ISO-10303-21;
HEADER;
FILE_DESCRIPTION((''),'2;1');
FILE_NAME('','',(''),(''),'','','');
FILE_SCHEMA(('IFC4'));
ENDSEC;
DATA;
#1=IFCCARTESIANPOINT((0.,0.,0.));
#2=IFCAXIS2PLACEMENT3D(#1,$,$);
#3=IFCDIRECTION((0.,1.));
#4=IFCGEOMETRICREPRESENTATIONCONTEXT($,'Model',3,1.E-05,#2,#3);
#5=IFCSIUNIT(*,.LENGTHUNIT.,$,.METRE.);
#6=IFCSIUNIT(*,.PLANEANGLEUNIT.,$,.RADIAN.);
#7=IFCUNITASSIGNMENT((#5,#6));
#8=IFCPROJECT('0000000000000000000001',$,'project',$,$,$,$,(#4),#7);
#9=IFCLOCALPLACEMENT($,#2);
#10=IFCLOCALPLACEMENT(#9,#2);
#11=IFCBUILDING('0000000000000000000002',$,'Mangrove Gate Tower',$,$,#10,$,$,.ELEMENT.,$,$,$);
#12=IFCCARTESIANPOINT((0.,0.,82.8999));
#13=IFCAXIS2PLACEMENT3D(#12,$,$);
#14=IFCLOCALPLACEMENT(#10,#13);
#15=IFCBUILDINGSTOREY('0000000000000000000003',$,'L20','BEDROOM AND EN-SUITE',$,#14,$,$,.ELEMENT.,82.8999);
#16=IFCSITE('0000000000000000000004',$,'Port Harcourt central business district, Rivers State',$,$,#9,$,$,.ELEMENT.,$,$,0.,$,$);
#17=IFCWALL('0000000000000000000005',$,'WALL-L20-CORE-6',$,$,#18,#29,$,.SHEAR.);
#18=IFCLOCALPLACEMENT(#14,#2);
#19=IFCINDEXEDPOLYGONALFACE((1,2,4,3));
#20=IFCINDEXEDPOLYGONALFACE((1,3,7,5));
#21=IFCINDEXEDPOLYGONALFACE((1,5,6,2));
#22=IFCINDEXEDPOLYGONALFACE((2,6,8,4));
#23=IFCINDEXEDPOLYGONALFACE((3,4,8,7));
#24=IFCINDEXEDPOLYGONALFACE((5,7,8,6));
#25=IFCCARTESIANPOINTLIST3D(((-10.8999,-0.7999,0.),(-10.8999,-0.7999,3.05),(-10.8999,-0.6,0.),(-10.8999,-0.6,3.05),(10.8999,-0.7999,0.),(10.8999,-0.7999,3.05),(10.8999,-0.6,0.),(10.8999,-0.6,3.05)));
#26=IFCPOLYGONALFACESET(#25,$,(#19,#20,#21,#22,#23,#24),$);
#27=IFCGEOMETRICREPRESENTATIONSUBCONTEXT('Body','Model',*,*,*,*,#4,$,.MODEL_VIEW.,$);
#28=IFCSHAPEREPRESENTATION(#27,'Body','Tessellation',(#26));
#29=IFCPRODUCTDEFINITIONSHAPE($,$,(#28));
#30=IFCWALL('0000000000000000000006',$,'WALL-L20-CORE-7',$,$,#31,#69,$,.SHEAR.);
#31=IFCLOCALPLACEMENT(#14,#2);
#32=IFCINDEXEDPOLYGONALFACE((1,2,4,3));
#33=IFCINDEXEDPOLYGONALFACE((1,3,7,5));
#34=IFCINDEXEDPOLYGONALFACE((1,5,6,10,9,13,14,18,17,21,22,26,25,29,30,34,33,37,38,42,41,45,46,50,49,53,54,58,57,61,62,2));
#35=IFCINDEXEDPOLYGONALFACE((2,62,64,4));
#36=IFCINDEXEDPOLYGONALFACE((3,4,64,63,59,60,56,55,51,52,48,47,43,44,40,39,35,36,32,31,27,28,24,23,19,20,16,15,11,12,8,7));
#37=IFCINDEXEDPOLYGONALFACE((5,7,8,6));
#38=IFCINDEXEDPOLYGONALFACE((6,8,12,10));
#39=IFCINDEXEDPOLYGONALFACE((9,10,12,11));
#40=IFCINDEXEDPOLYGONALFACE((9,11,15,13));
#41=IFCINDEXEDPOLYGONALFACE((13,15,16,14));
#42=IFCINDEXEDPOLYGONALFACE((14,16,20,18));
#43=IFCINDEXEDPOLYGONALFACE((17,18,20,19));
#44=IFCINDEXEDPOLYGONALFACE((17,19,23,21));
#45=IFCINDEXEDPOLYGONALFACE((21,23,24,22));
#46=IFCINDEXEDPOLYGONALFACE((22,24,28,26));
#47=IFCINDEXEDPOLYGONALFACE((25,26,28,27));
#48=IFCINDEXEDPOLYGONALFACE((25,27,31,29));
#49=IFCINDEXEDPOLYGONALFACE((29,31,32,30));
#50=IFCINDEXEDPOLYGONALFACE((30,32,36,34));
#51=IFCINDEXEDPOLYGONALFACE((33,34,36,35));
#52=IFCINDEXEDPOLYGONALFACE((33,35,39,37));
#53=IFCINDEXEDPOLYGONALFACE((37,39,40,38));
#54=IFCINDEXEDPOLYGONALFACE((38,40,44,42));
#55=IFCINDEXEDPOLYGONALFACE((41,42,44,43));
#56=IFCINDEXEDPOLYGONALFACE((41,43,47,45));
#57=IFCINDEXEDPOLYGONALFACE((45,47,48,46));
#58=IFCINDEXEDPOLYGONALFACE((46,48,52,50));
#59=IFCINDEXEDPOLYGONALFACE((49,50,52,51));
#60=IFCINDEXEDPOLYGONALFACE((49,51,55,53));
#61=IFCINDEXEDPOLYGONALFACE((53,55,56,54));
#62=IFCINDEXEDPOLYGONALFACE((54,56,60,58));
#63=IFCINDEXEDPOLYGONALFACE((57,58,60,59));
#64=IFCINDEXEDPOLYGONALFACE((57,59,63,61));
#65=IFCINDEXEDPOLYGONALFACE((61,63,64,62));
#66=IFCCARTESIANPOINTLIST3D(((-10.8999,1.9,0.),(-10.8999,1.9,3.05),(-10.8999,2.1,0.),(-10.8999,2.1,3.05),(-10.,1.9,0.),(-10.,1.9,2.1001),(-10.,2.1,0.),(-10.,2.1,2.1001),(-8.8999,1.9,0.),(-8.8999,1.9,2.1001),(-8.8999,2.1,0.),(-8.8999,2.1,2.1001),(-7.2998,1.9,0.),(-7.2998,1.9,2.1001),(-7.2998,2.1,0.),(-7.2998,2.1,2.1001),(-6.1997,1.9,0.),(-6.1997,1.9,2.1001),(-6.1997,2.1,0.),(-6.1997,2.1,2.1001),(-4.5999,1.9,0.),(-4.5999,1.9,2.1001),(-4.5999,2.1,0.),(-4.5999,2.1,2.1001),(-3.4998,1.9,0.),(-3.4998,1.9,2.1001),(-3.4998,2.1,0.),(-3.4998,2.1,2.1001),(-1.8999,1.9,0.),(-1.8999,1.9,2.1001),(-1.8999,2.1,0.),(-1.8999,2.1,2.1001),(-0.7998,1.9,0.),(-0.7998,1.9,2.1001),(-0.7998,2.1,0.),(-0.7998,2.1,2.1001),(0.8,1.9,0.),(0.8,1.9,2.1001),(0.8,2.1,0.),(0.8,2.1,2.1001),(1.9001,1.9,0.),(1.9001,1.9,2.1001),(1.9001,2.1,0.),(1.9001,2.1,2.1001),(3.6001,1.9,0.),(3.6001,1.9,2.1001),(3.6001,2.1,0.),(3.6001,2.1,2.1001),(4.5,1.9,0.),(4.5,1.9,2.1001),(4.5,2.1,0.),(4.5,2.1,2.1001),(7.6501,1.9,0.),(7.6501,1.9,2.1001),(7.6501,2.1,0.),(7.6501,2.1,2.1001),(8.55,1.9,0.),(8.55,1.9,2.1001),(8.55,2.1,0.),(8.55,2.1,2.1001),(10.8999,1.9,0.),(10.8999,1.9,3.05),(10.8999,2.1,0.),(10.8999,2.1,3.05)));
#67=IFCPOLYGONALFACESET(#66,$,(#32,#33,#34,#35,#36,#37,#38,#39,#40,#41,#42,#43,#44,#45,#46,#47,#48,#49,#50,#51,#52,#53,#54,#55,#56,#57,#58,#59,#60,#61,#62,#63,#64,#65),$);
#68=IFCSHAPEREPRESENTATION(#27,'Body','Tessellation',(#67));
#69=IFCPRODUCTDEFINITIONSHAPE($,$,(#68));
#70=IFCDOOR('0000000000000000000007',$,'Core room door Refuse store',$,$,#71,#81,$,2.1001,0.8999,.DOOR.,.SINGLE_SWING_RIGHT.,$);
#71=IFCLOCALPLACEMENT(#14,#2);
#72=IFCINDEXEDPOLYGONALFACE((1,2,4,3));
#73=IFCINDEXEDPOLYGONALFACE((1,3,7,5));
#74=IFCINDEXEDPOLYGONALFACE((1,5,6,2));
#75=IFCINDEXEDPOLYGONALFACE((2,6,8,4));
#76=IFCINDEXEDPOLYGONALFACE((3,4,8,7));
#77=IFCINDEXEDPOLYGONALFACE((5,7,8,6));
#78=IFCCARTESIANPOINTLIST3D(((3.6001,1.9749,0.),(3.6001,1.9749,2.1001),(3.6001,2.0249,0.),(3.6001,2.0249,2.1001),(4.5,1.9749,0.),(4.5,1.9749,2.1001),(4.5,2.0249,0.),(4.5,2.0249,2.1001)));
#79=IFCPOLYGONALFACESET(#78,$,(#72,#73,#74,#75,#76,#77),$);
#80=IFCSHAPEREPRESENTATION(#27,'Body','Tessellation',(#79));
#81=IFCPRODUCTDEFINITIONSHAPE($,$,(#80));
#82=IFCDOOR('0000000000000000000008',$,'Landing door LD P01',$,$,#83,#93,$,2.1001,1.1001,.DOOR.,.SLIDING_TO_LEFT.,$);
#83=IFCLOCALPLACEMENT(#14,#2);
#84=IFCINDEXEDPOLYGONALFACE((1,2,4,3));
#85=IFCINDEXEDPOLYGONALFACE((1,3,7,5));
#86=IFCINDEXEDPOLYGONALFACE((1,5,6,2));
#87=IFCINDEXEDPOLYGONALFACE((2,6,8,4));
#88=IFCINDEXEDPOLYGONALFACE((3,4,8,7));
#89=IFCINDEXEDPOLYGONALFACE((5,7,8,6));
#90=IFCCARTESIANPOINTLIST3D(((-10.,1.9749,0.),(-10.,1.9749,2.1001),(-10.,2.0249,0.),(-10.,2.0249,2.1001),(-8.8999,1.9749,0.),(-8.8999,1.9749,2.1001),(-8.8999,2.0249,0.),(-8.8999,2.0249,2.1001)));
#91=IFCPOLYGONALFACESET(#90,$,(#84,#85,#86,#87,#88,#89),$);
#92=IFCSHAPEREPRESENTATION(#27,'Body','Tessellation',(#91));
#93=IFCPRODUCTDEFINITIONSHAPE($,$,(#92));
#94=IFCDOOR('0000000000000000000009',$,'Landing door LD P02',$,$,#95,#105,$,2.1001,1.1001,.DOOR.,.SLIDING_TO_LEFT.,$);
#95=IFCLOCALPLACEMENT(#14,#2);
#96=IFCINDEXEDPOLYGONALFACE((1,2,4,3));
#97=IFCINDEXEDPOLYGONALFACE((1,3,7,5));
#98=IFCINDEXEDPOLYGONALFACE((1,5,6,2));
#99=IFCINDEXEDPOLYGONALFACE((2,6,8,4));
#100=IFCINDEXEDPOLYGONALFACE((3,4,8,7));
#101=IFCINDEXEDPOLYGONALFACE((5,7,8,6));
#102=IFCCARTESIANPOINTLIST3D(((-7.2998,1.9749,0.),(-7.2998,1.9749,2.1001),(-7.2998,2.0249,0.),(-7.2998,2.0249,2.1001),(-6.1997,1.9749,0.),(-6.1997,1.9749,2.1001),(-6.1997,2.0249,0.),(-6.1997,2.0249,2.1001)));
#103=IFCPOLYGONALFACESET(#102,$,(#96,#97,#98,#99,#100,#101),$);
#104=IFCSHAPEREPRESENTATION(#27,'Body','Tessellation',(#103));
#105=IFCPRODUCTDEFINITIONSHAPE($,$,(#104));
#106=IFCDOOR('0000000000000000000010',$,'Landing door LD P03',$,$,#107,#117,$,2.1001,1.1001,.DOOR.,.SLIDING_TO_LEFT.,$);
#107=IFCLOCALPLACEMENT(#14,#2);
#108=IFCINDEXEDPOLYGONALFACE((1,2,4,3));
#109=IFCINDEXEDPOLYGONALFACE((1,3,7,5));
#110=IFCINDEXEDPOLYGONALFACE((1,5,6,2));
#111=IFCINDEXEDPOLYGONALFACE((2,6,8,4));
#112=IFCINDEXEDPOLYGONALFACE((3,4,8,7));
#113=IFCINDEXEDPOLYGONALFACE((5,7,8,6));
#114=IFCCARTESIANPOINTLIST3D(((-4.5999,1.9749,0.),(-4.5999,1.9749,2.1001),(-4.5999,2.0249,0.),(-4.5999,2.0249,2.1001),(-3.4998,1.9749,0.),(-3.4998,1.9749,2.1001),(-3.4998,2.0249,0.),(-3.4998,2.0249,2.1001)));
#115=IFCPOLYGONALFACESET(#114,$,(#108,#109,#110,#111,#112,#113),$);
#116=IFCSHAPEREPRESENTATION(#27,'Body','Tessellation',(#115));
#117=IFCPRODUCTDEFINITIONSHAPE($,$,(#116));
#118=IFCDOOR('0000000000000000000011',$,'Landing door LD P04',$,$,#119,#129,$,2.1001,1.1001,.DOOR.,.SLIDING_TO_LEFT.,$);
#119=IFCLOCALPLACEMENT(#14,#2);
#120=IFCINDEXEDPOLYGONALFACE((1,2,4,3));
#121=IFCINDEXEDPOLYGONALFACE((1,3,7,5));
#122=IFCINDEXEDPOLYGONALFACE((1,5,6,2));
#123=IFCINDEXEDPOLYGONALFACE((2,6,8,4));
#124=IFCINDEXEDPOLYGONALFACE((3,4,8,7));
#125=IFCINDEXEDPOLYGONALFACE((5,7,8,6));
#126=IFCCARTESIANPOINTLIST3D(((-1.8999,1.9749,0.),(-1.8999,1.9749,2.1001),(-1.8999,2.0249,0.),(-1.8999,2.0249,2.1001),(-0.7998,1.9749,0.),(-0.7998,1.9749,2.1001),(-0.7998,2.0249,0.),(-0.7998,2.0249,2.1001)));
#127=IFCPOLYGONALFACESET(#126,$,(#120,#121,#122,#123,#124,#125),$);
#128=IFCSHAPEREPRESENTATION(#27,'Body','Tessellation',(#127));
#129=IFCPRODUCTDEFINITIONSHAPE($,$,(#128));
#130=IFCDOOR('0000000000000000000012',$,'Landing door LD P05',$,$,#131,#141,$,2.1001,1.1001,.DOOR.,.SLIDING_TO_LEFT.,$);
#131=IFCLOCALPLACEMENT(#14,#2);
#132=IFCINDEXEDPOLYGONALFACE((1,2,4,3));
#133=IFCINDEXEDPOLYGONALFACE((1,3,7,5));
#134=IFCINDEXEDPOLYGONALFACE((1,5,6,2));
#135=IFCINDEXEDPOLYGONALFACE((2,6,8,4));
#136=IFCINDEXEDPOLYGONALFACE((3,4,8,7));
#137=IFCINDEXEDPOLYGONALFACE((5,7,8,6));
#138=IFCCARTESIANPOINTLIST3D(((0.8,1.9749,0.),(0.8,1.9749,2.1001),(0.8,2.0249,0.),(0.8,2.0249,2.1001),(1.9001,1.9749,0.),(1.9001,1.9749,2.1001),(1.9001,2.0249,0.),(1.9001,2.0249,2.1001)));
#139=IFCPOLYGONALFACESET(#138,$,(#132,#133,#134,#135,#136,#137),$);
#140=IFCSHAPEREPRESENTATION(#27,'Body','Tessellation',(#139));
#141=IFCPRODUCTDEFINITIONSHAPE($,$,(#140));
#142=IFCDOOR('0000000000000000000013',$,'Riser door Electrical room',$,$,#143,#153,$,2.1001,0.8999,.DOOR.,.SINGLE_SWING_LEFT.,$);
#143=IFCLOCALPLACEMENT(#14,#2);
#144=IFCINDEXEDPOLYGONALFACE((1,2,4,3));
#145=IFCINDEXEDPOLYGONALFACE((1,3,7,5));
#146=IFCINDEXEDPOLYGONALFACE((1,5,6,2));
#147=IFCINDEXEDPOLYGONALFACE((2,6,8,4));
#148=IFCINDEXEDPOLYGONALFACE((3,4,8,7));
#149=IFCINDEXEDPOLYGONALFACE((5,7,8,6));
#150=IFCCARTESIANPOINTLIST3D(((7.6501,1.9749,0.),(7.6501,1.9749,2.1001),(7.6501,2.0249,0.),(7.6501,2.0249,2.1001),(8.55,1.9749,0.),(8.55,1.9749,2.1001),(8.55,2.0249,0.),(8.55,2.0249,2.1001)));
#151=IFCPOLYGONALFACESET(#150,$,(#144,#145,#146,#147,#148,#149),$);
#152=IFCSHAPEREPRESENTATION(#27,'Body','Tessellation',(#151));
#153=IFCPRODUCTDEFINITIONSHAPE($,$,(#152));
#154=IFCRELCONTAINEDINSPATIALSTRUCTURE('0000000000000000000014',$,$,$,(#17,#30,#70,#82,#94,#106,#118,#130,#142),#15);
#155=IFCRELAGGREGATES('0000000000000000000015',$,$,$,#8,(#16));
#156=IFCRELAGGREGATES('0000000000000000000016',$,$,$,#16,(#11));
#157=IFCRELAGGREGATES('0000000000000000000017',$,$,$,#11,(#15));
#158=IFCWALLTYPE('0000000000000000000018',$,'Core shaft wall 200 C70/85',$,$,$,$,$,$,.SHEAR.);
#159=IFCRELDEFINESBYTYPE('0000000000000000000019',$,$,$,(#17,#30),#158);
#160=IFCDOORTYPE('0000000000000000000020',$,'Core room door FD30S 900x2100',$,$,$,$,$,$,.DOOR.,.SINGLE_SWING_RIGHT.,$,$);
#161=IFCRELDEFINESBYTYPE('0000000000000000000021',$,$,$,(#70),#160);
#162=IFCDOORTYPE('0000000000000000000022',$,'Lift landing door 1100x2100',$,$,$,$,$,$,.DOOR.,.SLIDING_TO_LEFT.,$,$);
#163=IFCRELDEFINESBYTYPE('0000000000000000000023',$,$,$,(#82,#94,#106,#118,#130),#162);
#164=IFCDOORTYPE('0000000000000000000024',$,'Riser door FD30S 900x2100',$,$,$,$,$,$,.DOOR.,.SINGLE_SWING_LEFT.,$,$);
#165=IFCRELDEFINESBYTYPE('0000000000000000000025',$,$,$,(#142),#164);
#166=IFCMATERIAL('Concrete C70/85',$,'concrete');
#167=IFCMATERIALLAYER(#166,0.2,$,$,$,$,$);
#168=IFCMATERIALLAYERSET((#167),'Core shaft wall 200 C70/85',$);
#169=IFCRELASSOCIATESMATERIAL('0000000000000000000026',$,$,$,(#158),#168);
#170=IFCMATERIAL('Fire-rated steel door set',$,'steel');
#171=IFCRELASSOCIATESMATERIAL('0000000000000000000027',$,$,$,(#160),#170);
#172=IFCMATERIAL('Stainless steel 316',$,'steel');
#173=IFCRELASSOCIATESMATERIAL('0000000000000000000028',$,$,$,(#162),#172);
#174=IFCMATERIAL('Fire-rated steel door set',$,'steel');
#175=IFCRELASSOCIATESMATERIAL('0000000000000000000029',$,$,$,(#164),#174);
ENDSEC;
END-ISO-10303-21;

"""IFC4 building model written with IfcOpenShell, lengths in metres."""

from ifc_helpers import new_model, si_unit, direction, frame, frame_2d, origin, place, context, subcontext, project, spatial, rectangle, extrude, material, layer, layer_set, type_object, element, fill, save


model = new_model("IFC4")

# Units and contexts
model_context = context("Model", 3, precision=1e-05, world=origin(), true_north=direction((0.0, 1.0)))
body_context = subcontext(model_context, "Body", "Model", "MODEL_VIEW")
ifc_project = project(units=[si_unit("LENGTHUNIT", "METRE"), si_unit("PLANEANGLEUNIT", "RADIAN")], contexts=[model_context])

# Site, building, storey
site_placement = place(None, origin())
site = spatial("IfcSite", under=ifc_project, at=site_placement, Name="Port Harcourt central business district, Rivers State", CompositionType="ELEMENT", RefElevation=0.0)
building_placement = place(site_placement, origin())
building = spatial("IfcBuilding", under=site, at=building_placement, Name="Mangrove Gate Tower", CompositionType="ELEMENT")
storey_placement = place(building_placement, frame((0.0, 0.0, 82.8999)))
storey = spatial("IfcBuildingStorey", under=building, at=storey_placement, Name="L20", Description="BEDROOM AND EN-SUITE", CompositionType="ELEMENT", Elevation=82.8999)

# Wall
ifc_material_1 = material(Name="Concrete C70/85", Category="concrete")
ifc_layer_1 = layer(ifc_material_1, 0.2)
ifc_layer_set_1 = layer_set([ifc_layer_1], Name="Core shaft wall 200 C70/85")
wall_type_1 = type_object("IfcWallType", Name="Core shaft wall 200 C70/85", PredefinedType="SHEAR", material=ifc_layer_set_1)
wall_1_placement = place(storey_placement, frame((-10.8999, -0.7, 0.0), z_axis=(0.0, 0.0, 1.0), x_axis=(1.0, 0.0, 0.0)))
element("IfcWall", 1, at=wall_1_placement, inside=storey, type_object=wall_type_1, Name="WALL-L20-CORE-6", PredefinedType="SHEAR", context=body_context, shape_type="SweptSolid", body=[
    extrude(rectangle(XDim=21.7998, YDim=0.2, at=frame_2d((10.8999, 0.0))), origin(), (0.0, 0.0, 1.0), 3.05),
])

# Wall, openings, doors
wall_2_placement = place(storey_placement, frame((-10.8999, 2.0, 0.0), z_axis=(0.0, 0.0, 1.0), x_axis=(1.0, 0.0, 0.0)))
wall_2 = element("IfcWall", 2, at=wall_2_placement, inside=storey, type_object=wall_type_1, Name="WALL-L20-CORE-7", PredefinedType="SHEAR", context=body_context, shape_type="SweptSolid", body=[
    extrude(rectangle(XDim=21.7998, YDim=0.2, at=frame_2d((10.8999, 0.0))), origin(), (0.0, 0.0, 1.0), 3.05),
])
opening_1_placement = place(wall_2_placement, frame((0.8999, 0.0, 0.0)))
opening_1 = element("IfcOpeningElement", 3, at=opening_1_placement, cuts=wall_2, PredefinedType="OPENING", context=body_context, shape_type="SweptSolid", body=[
    extrude(rectangle(XDim=1.1001, YDim=2.1001, at=frame_2d((0.55, 1.05))), frame((0.0, 0.1099, 0.0), z_axis=(0.0, -1.0, 0.0), x_axis=(1.0, 0.0, 0.0)), (0.0, 0.0, 1.0), 0.22),
])
opening_2_placement = place(wall_2_placement, frame((3.6001, 0.0, 0.0)))
opening_2 = element("IfcOpeningElement", 4, at=opening_2_placement, cuts=wall_2, PredefinedType="OPENING", context=body_context, shape_type="SweptSolid", body=[
    extrude(rectangle(XDim=1.1001, YDim=2.1001, at=frame_2d((0.55, 1.05))), frame((0.0, 0.1099, 0.0), z_axis=(0.0, -1.0, 0.0), x_axis=(1.0, 0.0, 0.0)), (0.0, 0.0, 1.0), 0.22),
])
opening_3_placement = place(wall_2_placement, frame((6.3, 0.0, 0.0)))
opening_3 = element("IfcOpeningElement", 5, at=opening_3_placement, cuts=wall_2, PredefinedType="OPENING", context=body_context, shape_type="SweptSolid", body=[
    extrude(rectangle(XDim=1.1001, YDim=2.1001, at=frame_2d((0.55, 1.05))), frame((0.0, 0.1099, 0.0), z_axis=(0.0, -1.0, 0.0), x_axis=(1.0, 0.0, 0.0)), (0.0, 0.0, 1.0), 0.22),
])
opening_4_placement = place(wall_2_placement, frame((9.0, 0.0, 0.0)))
opening_4 = element("IfcOpeningElement", 6, at=opening_4_placement, cuts=wall_2, PredefinedType="OPENING", context=body_context, shape_type="SweptSolid", body=[
    extrude(rectangle(XDim=1.1001, YDim=2.1001, at=frame_2d((0.55, 1.05))), frame((0.0, 0.1099, 0.0), z_axis=(0.0, -1.0, 0.0), x_axis=(1.0, 0.0, 0.0)), (0.0, 0.0, 1.0), 0.22),
])
opening_5_placement = place(wall_2_placement, frame((11.7, 0.0, 0.0)))
opening_5 = element("IfcOpeningElement", 7, at=opening_5_placement, cuts=wall_2, PredefinedType="OPENING", context=body_context, shape_type="SweptSolid", body=[
    extrude(rectangle(XDim=1.1001, YDim=2.1001, at=frame_2d((0.55, 1.05))), frame((0.0, 0.1099, 0.0), z_axis=(0.0, -1.0, 0.0), x_axis=(1.0, 0.0, 0.0)), (0.0, 0.0, 1.0), 0.22),
])
opening_6_placement = place(wall_2_placement, frame((14.5, 0.0, 0.0)))
opening_6 = element("IfcOpeningElement", 8, at=opening_6_placement, cuts=wall_2, PredefinedType="OPENING", context=body_context, shape_type="SweptSolid", body=[
    extrude(rectangle(XDim=0.8999, YDim=2.1001, at=frame_2d((0.45, 1.05))), frame((0.0, 0.1099, 0.0), z_axis=(0.0, -1.0, 0.0), x_axis=(1.0, 0.0, 0.0)), (0.0, 0.0, 1.0), 0.22),
])
opening_7_placement = place(wall_2_placement, frame((18.55, 0.0, 0.0)))
opening_7 = element("IfcOpeningElement", 9, at=opening_7_placement, cuts=wall_2, PredefinedType="OPENING", context=body_context, shape_type="SweptSolid", body=[
    extrude(rectangle(XDim=0.8999, YDim=2.1001, at=frame_2d((0.45, 1.05))), frame((0.0, 0.1099, 0.0), z_axis=(0.0, -1.0, 0.0), x_axis=(1.0, 0.0, 0.0)), (0.0, 0.0, 1.0), 0.22),
])
ifc_material_2 = material(Name="Fire-rated steel door set", Category="steel")
door_type_1 = type_object("IfcDoorType", Name="Core room door FD30S 900x2100", OperationType="SINGLE_SWING_RIGHT", PredefinedType="DOOR", material=ifc_material_2)
door_1_placement = place(opening_6_placement, origin())
door_1 = element("IfcDoor", 10, at=door_1_placement, inside=storey, type_object=door_type_1, Name="Core room door Refuse store", OperationType="SINGLE_SWING_RIGHT", OverallHeight=2.1001, OverallWidth=0.8999, PredefinedType="DOOR", context=body_context, shape_type="SweptSolid", body=[
    extrude(rectangle(XDim=0.8999, YDim=2.1001, at=frame_2d((0.45, 1.05))), frame((0.0, 0.0249, 0.0), z_axis=(0.0, -1.0, 0.0), x_axis=(1.0, 0.0, 0.0)), (0.0, 0.0, 1.0), 0.05),
])
fill(opening_6, door_1)
ifc_material_3 = material(Name="Stainless steel 316", Category="steel")
door_type_2 = type_object("IfcDoorType", Name="Lift landing door 1100x2100", OperationType="SLIDING_TO_LEFT", PredefinedType="DOOR", material=ifc_material_3)
door_2_placement = place(opening_1_placement, origin())
door_2 = element("IfcDoor", 11, at=door_2_placement, inside=storey, type_object=door_type_2, Name="Landing door LD P01", OperationType="SLIDING_TO_LEFT", OverallHeight=2.1001, OverallWidth=1.1001, PredefinedType="DOOR", context=body_context, shape_type="SweptSolid", body=[
    extrude(rectangle(XDim=1.1001, YDim=2.1001, at=frame_2d((0.55, 1.05))), frame((0.0, 0.0249, 0.0), z_axis=(0.0, -1.0, 0.0), x_axis=(1.0, 0.0, 0.0)), (0.0, 0.0, 1.0), 0.05),
])
fill(opening_1, door_2)
door_3_placement = place(opening_2_placement, origin())
door_3 = element("IfcDoor", 12, at=door_3_placement, inside=storey, type_object=door_type_2, Name="Landing door LD P02", OperationType="SLIDING_TO_LEFT", OverallHeight=2.1001, OverallWidth=1.1001, PredefinedType="DOOR", context=body_context, shape_type="SweptSolid", body=[
    extrude(rectangle(XDim=1.1001, YDim=2.1001, at=frame_2d((0.55, 1.05))), frame((0.0, 0.0249, 0.0), z_axis=(0.0, -1.0, 0.0), x_axis=(1.0, 0.0, 0.0)), (0.0, 0.0, 1.0), 0.05),
])
fill(opening_2, door_3)
door_4_placement = place(opening_3_placement, origin())
door_4 = element("IfcDoor", 13, at=door_4_placement, inside=storey, type_object=door_type_2, Name="Landing door LD P03", OperationType="SLIDING_TO_LEFT", OverallHeight=2.1001, OverallWidth=1.1001, PredefinedType="DOOR", context=body_context, shape_type="SweptSolid", body=[
    extrude(rectangle(XDim=1.1001, YDim=2.1001, at=frame_2d((0.55, 1.05))), frame((0.0, 0.0249, 0.0), z_axis=(0.0, -1.0, 0.0), x_axis=(1.0, 0.0, 0.0)), (0.0, 0.0, 1.0), 0.05),
])
fill(opening_3, door_4)
door_5_placement = place(opening_4_placement, origin())
door_5 = element("IfcDoor", 14, at=door_5_placement, inside=storey, type_object=door_type_2, Name="Landing door LD P04", OperationType="SLIDING_TO_LEFT", OverallHeight=2.1001, OverallWidth=1.1001, PredefinedType="DOOR", context=body_context, shape_type="SweptSolid", body=[
    extrude(rectangle(XDim=1.1001, YDim=2.1001, at=frame_2d((0.55, 1.05))), frame((0.0, 0.0249, 0.0), z_axis=(0.0, -1.0, 0.0), x_axis=(1.0, 0.0, 0.0)), (0.0, 0.0, 1.0), 0.05),
])
fill(opening_4, door_5)
door_6_placement = place(opening_5_placement, origin())
door_6 = element("IfcDoor", 15, at=door_6_placement, inside=storey, type_object=door_type_2, Name="Landing door LD P05", OperationType="SLIDING_TO_LEFT", OverallHeight=2.1001, OverallWidth=1.1001, PredefinedType="DOOR", context=body_context, shape_type="SweptSolid", body=[
    extrude(rectangle(XDim=1.1001, YDim=2.1001, at=frame_2d((0.55, 1.05))), frame((0.0, 0.0249, 0.0), z_axis=(0.0, -1.0, 0.0), x_axis=(1.0, 0.0, 0.0)), (0.0, 0.0, 1.0), 0.05),
])
fill(opening_5, door_6)
ifc_material_4 = material(Name="Fire-rated steel door set", Category="steel")
door_type_3 = type_object("IfcDoorType", Name="Riser door FD30S 900x2100", OperationType="SINGLE_SWING_LEFT", PredefinedType="DOOR", material=ifc_material_4)
door_7_placement = place(opening_7_placement, origin())
door_7 = element("IfcDoor", 16, at=door_7_placement, inside=storey, type_object=door_type_3, Name="Riser door Electrical room", OperationType="SINGLE_SWING_LEFT", OverallHeight=2.1001, OverallWidth=0.8999, PredefinedType="DOOR", context=body_context, shape_type="SweptSolid", body=[
    extrude(rectangle(XDim=0.8999, YDim=2.1001, at=frame_2d((0.45, 1.05))), frame((0.0, 0.0249, 0.0), z_axis=(0.0, -1.0, 0.0), x_axis=(1.0, 0.0, 0.0)), (0.0, 0.0, 1.0), 0.05),
])
fill(opening_7, door_7)

save(model, "model.ifc")
